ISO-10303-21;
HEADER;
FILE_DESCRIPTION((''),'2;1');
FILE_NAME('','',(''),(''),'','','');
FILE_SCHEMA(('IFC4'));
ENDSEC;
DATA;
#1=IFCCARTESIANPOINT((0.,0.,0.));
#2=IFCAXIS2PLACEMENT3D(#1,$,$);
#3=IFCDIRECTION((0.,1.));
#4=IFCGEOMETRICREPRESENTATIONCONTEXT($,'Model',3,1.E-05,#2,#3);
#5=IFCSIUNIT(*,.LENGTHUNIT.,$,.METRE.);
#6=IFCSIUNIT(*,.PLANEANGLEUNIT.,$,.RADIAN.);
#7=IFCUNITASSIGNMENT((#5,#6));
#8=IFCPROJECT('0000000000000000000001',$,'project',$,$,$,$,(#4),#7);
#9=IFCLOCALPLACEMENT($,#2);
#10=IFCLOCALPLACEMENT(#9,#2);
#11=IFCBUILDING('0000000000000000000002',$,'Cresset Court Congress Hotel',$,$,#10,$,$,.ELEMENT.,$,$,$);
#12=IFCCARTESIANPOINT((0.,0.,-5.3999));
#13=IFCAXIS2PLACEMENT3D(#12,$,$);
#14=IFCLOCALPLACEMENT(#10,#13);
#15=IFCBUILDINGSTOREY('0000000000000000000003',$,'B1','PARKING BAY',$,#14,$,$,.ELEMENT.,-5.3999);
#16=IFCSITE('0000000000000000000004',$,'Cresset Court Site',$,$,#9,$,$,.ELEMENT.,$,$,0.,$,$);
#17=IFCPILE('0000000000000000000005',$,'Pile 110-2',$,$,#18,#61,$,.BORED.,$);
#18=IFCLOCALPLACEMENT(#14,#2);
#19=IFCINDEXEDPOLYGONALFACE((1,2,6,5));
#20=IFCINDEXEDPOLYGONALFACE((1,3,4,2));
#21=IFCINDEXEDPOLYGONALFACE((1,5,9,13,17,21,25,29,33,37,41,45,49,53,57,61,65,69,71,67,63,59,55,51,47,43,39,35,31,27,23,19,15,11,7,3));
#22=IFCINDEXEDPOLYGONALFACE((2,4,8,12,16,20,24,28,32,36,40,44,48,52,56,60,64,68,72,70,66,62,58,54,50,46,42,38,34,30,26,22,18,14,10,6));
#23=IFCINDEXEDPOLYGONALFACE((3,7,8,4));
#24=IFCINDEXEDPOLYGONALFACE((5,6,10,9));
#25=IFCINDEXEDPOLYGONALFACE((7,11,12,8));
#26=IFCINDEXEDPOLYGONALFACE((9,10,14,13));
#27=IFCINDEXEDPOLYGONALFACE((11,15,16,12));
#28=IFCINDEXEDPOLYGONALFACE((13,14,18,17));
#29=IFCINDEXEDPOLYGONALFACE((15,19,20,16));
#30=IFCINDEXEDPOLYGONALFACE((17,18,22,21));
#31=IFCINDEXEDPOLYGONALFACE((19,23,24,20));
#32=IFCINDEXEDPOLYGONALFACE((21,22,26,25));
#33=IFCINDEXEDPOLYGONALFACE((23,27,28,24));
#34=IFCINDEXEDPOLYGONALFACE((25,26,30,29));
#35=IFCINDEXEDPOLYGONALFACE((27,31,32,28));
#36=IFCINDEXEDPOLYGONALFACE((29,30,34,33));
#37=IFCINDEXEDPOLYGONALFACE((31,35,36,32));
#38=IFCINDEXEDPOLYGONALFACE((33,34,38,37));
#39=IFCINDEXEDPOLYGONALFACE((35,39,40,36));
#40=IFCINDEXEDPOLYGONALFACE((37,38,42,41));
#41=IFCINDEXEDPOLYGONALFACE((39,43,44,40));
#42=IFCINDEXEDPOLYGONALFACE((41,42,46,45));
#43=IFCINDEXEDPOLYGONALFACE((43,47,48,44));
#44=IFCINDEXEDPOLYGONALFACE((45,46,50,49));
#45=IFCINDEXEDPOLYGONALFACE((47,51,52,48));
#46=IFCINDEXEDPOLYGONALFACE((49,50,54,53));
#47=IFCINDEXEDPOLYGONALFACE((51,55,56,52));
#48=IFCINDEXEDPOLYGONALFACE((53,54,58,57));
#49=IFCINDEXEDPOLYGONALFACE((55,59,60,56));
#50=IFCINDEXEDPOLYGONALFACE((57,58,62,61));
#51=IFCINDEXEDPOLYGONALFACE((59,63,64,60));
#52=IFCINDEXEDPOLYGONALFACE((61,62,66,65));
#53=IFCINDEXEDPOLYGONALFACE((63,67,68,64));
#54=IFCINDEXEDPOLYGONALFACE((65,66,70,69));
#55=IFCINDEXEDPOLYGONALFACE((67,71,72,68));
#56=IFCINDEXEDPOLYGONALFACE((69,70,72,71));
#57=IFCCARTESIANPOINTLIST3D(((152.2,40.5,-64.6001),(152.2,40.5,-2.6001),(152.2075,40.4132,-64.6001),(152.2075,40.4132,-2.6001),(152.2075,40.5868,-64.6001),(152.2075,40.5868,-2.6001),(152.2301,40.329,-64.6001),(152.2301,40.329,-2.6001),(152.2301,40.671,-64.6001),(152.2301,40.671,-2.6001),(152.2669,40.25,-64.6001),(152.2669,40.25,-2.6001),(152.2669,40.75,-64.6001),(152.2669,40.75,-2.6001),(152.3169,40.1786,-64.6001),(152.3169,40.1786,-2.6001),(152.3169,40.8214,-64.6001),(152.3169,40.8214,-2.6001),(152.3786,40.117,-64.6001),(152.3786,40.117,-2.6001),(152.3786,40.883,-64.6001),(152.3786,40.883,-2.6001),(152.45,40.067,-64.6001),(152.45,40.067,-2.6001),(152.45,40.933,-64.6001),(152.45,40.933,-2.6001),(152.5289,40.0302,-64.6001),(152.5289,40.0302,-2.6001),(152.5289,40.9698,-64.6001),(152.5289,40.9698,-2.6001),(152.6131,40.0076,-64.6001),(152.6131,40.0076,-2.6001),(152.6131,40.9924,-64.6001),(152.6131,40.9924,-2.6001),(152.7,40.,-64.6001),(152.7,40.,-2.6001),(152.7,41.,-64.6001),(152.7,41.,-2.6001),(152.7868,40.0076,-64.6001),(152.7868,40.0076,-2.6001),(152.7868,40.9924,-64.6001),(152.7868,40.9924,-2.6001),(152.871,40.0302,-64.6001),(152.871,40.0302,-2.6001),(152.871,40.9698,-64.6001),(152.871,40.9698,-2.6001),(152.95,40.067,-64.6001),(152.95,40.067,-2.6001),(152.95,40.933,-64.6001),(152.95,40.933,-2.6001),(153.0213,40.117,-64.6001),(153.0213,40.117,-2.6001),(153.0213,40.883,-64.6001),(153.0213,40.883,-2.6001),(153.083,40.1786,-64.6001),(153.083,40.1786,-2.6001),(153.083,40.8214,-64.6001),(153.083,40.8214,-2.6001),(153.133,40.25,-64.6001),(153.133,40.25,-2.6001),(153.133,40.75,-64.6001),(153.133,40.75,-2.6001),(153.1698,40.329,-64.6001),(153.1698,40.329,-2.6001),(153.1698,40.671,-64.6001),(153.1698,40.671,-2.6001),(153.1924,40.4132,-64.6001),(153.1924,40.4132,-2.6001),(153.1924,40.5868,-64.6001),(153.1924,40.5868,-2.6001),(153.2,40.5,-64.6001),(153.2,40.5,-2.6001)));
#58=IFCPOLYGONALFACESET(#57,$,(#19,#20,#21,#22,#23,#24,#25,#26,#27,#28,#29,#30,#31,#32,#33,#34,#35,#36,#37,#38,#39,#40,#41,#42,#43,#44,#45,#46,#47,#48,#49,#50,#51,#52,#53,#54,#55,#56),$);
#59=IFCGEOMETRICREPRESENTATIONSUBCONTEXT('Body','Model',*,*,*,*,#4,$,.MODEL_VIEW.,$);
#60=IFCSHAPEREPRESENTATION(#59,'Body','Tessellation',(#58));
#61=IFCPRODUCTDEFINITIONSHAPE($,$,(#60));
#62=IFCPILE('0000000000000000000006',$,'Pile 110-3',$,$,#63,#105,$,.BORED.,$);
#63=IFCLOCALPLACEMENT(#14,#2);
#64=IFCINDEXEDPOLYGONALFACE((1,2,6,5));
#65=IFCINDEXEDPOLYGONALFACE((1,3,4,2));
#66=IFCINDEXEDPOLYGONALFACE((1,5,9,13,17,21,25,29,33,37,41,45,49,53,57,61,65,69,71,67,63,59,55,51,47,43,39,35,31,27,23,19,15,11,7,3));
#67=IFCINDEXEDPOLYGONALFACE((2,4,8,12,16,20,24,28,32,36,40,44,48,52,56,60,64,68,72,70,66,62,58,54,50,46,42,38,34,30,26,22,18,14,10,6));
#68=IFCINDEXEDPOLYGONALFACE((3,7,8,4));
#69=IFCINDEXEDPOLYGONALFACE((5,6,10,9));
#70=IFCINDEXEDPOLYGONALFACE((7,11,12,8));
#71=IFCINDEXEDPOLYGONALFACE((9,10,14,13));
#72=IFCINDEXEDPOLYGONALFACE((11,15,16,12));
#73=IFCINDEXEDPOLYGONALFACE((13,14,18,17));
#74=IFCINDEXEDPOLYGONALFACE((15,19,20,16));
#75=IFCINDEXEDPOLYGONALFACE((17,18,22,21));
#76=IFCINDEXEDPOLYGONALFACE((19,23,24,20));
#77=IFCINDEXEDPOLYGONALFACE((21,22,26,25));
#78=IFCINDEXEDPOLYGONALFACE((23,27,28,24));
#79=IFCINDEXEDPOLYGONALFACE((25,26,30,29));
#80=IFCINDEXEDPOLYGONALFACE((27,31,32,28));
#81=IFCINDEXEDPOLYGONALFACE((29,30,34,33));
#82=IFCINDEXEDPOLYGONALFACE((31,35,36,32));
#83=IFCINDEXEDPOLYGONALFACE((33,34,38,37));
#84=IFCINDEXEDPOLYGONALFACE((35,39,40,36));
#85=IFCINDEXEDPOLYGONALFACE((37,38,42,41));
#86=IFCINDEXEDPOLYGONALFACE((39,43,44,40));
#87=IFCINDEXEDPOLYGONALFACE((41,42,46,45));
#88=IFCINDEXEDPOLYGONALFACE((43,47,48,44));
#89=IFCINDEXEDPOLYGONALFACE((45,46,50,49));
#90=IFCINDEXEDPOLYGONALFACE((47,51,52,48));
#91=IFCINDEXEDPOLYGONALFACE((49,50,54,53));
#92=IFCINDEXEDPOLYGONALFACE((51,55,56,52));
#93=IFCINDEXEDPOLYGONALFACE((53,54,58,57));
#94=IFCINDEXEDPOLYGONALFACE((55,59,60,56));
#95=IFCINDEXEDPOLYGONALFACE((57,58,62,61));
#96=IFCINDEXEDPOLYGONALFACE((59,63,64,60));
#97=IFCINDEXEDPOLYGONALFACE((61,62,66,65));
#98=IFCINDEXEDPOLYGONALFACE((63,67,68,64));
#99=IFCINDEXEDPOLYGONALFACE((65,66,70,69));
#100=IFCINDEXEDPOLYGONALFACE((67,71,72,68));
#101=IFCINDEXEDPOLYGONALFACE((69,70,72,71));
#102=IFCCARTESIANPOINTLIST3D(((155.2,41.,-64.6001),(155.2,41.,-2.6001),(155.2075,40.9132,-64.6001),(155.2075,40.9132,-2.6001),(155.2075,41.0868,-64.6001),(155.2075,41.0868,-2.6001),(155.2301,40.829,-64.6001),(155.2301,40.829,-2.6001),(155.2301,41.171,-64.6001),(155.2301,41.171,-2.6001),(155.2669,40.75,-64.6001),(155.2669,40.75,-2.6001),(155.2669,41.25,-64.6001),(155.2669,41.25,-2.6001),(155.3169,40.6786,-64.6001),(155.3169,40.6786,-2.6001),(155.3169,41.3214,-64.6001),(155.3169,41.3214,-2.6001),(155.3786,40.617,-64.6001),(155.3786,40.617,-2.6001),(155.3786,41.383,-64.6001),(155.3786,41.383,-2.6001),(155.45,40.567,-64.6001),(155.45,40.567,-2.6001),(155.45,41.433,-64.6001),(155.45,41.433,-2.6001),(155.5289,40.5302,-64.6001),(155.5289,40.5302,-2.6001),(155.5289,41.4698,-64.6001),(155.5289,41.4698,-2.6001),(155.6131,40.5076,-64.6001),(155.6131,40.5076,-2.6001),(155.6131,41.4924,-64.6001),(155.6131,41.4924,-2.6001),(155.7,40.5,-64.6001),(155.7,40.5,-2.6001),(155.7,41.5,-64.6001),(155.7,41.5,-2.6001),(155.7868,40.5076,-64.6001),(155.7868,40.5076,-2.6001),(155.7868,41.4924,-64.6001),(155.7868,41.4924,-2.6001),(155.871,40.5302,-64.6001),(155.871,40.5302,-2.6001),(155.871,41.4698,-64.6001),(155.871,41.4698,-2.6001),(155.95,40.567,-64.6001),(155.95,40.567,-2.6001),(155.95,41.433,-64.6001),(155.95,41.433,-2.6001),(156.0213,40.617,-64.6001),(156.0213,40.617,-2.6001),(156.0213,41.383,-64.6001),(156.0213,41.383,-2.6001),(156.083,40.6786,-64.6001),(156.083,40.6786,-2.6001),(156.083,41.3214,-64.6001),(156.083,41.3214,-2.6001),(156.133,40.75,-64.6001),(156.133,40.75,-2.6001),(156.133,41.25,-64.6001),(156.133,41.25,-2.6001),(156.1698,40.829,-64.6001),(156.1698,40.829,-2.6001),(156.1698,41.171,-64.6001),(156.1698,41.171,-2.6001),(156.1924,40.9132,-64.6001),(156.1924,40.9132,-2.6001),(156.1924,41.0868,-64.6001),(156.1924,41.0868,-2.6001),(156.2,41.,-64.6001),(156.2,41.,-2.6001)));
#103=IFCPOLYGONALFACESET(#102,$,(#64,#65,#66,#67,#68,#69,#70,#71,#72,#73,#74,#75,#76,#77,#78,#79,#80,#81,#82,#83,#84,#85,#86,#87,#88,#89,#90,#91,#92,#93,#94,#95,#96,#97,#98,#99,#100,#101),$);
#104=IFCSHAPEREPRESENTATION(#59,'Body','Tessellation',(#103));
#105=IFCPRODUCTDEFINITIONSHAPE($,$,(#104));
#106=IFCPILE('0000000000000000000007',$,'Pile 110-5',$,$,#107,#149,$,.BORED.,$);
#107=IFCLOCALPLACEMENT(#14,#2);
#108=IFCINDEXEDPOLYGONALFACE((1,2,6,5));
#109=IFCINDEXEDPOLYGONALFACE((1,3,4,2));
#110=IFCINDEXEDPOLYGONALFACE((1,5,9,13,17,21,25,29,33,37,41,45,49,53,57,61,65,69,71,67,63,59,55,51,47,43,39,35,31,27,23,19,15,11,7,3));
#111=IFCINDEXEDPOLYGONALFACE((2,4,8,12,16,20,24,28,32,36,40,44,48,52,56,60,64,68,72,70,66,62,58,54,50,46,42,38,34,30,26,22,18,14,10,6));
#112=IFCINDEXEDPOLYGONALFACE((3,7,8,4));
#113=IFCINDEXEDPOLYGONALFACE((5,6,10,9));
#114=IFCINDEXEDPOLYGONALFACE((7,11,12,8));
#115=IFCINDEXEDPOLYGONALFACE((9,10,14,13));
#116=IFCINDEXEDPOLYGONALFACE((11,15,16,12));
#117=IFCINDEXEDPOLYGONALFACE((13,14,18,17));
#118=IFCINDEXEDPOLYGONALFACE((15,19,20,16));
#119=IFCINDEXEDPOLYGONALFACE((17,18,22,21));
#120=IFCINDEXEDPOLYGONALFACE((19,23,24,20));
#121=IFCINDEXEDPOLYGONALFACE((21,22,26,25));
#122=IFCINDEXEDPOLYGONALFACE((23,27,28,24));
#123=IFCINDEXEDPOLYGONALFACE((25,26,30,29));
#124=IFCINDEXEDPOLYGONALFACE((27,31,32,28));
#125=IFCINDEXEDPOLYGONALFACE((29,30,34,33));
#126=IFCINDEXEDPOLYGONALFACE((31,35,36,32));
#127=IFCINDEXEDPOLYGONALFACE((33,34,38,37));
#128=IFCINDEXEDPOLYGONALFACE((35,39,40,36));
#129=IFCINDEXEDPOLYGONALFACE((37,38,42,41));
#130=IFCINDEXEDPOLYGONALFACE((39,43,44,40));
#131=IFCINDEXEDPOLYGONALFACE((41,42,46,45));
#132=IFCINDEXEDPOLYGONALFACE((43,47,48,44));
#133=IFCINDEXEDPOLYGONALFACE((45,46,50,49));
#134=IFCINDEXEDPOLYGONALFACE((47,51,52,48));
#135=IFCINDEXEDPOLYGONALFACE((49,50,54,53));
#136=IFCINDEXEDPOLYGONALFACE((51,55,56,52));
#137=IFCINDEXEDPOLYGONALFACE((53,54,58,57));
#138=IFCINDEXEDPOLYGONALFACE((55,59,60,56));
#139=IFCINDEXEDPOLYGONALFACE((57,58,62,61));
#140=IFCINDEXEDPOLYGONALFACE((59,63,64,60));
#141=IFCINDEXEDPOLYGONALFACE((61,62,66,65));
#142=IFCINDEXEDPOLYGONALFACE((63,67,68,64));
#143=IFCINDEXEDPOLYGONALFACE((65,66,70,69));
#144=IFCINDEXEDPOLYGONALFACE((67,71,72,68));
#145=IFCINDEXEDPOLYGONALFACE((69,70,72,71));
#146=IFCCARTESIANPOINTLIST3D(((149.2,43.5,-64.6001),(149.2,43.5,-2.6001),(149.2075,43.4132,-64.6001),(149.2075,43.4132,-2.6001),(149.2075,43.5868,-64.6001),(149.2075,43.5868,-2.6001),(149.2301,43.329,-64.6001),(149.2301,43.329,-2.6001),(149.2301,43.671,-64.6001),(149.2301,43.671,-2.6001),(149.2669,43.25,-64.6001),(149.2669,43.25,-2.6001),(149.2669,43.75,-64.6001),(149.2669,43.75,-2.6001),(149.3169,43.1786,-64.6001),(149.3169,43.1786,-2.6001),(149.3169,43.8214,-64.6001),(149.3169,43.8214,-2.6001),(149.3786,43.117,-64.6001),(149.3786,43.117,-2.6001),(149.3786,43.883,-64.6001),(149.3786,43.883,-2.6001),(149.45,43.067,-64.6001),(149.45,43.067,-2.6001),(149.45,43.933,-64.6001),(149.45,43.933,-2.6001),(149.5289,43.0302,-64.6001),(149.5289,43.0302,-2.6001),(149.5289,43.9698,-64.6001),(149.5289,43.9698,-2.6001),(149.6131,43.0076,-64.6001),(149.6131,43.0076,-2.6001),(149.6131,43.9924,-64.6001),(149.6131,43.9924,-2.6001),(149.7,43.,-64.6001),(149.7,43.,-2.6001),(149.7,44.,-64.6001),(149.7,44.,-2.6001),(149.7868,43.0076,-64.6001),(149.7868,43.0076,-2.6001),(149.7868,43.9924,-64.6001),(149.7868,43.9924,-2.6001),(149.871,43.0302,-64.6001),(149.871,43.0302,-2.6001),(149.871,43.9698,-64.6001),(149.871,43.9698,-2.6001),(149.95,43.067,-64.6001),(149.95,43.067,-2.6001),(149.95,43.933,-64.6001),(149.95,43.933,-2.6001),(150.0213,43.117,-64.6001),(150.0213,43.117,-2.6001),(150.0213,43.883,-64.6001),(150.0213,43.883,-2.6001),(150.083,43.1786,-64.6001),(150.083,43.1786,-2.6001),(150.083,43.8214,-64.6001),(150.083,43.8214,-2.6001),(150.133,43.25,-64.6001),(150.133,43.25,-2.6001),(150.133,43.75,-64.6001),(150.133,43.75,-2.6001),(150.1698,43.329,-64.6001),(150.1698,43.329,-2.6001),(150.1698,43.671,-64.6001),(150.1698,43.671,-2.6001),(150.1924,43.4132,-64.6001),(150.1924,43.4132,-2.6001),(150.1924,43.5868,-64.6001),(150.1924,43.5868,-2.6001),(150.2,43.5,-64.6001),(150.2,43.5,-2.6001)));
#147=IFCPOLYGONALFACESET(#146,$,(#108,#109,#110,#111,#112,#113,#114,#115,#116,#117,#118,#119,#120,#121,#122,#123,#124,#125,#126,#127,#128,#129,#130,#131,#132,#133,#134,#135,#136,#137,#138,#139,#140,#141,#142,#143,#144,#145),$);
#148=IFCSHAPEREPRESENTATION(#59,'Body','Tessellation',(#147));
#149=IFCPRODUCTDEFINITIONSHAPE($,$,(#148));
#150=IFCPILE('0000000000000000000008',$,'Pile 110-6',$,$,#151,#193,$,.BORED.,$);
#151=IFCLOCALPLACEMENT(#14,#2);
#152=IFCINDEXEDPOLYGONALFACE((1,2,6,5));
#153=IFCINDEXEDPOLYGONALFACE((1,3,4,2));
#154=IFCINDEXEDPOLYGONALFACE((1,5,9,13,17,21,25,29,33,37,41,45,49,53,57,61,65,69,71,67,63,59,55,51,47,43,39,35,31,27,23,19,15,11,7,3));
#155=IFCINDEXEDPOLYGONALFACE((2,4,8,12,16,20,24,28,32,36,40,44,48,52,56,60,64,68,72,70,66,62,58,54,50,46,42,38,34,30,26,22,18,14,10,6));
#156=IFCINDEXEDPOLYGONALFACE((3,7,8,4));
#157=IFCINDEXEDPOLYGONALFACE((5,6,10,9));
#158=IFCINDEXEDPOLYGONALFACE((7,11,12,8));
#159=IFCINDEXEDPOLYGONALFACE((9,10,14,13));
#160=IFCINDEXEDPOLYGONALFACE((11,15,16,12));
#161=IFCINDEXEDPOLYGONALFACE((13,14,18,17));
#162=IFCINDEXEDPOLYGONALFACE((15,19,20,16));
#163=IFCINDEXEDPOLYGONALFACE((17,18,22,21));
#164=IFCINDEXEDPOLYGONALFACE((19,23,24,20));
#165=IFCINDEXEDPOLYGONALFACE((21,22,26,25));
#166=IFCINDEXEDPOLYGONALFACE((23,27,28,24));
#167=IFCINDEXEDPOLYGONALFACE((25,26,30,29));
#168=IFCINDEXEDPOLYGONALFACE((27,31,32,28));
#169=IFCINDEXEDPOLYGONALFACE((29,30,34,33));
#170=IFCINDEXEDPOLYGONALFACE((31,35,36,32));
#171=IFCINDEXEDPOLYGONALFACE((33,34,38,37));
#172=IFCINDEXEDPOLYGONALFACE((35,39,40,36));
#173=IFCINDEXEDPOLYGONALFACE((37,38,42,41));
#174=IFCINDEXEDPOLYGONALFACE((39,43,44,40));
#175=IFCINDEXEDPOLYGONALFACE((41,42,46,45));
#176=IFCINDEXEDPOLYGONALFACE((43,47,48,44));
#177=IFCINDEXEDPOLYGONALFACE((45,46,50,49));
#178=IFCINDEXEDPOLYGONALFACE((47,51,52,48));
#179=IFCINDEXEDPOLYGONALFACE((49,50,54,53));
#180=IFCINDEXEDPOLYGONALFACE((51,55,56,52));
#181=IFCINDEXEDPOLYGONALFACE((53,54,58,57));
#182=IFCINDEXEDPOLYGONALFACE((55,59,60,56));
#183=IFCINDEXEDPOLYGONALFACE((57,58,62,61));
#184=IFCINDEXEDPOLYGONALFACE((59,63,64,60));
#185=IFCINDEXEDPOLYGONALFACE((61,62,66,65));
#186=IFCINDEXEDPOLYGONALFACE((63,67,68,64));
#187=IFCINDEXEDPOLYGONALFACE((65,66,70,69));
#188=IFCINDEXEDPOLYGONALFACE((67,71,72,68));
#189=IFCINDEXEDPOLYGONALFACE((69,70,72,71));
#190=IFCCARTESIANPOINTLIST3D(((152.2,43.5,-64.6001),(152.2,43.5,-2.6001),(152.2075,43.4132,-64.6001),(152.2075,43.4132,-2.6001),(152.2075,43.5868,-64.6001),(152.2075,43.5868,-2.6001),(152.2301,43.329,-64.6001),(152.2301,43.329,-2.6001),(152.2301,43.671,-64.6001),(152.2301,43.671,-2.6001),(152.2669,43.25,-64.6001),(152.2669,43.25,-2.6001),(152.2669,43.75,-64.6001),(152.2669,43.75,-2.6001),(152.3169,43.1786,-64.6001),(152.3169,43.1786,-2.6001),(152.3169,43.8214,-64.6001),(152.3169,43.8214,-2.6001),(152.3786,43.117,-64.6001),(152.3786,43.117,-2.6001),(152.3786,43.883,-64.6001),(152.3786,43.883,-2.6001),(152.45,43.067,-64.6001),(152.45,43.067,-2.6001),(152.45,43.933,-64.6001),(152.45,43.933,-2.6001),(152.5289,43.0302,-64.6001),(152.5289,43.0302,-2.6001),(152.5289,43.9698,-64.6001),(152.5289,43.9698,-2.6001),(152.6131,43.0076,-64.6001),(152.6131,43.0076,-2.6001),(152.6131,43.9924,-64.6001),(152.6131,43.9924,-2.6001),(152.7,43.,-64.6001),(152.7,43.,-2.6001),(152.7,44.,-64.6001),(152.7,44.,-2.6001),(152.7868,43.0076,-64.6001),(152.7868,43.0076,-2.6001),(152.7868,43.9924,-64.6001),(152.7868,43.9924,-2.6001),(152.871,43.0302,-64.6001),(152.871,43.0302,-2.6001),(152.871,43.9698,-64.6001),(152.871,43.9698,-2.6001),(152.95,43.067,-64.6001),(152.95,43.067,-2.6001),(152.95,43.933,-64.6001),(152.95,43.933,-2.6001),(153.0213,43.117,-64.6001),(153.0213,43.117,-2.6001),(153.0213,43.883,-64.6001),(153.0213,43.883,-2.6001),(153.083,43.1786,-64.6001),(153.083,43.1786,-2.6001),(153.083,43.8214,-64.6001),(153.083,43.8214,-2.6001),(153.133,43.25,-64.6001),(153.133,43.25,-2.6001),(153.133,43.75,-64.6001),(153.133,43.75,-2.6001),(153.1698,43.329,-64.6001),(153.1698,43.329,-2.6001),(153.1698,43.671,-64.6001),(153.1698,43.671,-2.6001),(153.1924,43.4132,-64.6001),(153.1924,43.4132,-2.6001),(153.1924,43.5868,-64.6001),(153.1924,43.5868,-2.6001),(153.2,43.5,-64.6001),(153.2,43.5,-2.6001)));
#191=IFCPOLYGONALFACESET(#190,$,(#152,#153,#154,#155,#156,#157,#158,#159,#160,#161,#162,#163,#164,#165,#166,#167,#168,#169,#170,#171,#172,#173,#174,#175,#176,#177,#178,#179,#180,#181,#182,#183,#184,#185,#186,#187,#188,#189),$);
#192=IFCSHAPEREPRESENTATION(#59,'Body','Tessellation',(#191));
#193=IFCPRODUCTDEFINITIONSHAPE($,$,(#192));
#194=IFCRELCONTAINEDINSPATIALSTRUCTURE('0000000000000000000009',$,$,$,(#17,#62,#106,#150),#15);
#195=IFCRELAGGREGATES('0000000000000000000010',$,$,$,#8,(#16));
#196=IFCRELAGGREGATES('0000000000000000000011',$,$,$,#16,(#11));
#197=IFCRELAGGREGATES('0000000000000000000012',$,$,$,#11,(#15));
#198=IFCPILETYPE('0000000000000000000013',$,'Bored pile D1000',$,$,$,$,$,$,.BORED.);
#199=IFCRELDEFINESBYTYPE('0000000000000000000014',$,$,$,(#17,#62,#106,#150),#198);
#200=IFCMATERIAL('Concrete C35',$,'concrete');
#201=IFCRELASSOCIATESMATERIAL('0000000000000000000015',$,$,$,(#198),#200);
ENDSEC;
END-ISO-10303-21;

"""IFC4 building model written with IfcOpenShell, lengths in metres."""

from ifc_helpers import new_model, si_unit, direction, frame, origin, origin_2d, place, context, subcontext, project, spatial, circle, extrude, material, type_object, element, save


model = new_model("IFC4")

# Units and contexts
model_context = context("Model", 3, precision=1e-05, world=origin(), true_north=direction((0.0, 1.0)))
body_context = subcontext(model_context, "Body", "Model", "MODEL_VIEW")
ifc_project = project(units=[si_unit("LENGTHUNIT", "METRE"), si_unit("PLANEANGLEUNIT", "RADIAN")], contexts=[model_context])

# Site, building, storey
site_placement = place(None, origin())
site = spatial("IfcSite", under=ifc_project, at=site_placement, Name="Cresset Court Site", CompositionType="ELEMENT", RefElevation=0.0)
building_placement = place(site_placement, origin())
building = spatial("IfcBuilding", under=site, at=building_placement, Name="Cresset Court Congress Hotel", CompositionType="ELEMENT")
storey_placement = place(building_placement, frame((0.0, 0.0, -5.3999)))
storey = spatial("IfcBuildingStorey", under=building, at=storey_placement, Name="B1", Description="PARKING BAY", CompositionType="ELEMENT", Elevation=-5.3999)

# Piles
ifc_material_1 = material(Name="Concrete C35", Category="concrete")
pile_type = type_object("IfcPileType", Name="Bored pile D1000", PredefinedType="BORED", material=ifc_material_1)
for number, where, z_axis, x_axis, name in (
    (1, (152.7, 40.5, -2.6001), (0.0, 0.0, -1.0), (1.0, 0.0, 0.0), "Pile 110-2"),
    (2, (155.7, 41.0, -2.6001), (0.0, 0.0, -1.0), (1.0, 0.0, 0.0), "Pile 110-3"),
    (3, (149.7, 43.5, -2.6001), (0.0, 0.0, -1.0), (1.0, 0.0, 0.0), "Pile 110-5"),
    (4, (152.7, 43.5, -2.6001), (0.0, 0.0, -1.0), (1.0, 0.0, 0.0), "Pile 110-6"),
):
    element("IfcPile", number, at=place(storey_placement, frame(where, z_axis=z_axis, x_axis=x_axis)), inside=storey, type_object=pile_type, Name=name, PredefinedType="BORED", context=body_context, shape_type="SweptSolid", body=[
        extrude(circle(Radius=0.5, at=origin_2d()), origin(), (0.0, 0.0, 1.0), 62.0),
    ])

save(model, "model.ifc")
